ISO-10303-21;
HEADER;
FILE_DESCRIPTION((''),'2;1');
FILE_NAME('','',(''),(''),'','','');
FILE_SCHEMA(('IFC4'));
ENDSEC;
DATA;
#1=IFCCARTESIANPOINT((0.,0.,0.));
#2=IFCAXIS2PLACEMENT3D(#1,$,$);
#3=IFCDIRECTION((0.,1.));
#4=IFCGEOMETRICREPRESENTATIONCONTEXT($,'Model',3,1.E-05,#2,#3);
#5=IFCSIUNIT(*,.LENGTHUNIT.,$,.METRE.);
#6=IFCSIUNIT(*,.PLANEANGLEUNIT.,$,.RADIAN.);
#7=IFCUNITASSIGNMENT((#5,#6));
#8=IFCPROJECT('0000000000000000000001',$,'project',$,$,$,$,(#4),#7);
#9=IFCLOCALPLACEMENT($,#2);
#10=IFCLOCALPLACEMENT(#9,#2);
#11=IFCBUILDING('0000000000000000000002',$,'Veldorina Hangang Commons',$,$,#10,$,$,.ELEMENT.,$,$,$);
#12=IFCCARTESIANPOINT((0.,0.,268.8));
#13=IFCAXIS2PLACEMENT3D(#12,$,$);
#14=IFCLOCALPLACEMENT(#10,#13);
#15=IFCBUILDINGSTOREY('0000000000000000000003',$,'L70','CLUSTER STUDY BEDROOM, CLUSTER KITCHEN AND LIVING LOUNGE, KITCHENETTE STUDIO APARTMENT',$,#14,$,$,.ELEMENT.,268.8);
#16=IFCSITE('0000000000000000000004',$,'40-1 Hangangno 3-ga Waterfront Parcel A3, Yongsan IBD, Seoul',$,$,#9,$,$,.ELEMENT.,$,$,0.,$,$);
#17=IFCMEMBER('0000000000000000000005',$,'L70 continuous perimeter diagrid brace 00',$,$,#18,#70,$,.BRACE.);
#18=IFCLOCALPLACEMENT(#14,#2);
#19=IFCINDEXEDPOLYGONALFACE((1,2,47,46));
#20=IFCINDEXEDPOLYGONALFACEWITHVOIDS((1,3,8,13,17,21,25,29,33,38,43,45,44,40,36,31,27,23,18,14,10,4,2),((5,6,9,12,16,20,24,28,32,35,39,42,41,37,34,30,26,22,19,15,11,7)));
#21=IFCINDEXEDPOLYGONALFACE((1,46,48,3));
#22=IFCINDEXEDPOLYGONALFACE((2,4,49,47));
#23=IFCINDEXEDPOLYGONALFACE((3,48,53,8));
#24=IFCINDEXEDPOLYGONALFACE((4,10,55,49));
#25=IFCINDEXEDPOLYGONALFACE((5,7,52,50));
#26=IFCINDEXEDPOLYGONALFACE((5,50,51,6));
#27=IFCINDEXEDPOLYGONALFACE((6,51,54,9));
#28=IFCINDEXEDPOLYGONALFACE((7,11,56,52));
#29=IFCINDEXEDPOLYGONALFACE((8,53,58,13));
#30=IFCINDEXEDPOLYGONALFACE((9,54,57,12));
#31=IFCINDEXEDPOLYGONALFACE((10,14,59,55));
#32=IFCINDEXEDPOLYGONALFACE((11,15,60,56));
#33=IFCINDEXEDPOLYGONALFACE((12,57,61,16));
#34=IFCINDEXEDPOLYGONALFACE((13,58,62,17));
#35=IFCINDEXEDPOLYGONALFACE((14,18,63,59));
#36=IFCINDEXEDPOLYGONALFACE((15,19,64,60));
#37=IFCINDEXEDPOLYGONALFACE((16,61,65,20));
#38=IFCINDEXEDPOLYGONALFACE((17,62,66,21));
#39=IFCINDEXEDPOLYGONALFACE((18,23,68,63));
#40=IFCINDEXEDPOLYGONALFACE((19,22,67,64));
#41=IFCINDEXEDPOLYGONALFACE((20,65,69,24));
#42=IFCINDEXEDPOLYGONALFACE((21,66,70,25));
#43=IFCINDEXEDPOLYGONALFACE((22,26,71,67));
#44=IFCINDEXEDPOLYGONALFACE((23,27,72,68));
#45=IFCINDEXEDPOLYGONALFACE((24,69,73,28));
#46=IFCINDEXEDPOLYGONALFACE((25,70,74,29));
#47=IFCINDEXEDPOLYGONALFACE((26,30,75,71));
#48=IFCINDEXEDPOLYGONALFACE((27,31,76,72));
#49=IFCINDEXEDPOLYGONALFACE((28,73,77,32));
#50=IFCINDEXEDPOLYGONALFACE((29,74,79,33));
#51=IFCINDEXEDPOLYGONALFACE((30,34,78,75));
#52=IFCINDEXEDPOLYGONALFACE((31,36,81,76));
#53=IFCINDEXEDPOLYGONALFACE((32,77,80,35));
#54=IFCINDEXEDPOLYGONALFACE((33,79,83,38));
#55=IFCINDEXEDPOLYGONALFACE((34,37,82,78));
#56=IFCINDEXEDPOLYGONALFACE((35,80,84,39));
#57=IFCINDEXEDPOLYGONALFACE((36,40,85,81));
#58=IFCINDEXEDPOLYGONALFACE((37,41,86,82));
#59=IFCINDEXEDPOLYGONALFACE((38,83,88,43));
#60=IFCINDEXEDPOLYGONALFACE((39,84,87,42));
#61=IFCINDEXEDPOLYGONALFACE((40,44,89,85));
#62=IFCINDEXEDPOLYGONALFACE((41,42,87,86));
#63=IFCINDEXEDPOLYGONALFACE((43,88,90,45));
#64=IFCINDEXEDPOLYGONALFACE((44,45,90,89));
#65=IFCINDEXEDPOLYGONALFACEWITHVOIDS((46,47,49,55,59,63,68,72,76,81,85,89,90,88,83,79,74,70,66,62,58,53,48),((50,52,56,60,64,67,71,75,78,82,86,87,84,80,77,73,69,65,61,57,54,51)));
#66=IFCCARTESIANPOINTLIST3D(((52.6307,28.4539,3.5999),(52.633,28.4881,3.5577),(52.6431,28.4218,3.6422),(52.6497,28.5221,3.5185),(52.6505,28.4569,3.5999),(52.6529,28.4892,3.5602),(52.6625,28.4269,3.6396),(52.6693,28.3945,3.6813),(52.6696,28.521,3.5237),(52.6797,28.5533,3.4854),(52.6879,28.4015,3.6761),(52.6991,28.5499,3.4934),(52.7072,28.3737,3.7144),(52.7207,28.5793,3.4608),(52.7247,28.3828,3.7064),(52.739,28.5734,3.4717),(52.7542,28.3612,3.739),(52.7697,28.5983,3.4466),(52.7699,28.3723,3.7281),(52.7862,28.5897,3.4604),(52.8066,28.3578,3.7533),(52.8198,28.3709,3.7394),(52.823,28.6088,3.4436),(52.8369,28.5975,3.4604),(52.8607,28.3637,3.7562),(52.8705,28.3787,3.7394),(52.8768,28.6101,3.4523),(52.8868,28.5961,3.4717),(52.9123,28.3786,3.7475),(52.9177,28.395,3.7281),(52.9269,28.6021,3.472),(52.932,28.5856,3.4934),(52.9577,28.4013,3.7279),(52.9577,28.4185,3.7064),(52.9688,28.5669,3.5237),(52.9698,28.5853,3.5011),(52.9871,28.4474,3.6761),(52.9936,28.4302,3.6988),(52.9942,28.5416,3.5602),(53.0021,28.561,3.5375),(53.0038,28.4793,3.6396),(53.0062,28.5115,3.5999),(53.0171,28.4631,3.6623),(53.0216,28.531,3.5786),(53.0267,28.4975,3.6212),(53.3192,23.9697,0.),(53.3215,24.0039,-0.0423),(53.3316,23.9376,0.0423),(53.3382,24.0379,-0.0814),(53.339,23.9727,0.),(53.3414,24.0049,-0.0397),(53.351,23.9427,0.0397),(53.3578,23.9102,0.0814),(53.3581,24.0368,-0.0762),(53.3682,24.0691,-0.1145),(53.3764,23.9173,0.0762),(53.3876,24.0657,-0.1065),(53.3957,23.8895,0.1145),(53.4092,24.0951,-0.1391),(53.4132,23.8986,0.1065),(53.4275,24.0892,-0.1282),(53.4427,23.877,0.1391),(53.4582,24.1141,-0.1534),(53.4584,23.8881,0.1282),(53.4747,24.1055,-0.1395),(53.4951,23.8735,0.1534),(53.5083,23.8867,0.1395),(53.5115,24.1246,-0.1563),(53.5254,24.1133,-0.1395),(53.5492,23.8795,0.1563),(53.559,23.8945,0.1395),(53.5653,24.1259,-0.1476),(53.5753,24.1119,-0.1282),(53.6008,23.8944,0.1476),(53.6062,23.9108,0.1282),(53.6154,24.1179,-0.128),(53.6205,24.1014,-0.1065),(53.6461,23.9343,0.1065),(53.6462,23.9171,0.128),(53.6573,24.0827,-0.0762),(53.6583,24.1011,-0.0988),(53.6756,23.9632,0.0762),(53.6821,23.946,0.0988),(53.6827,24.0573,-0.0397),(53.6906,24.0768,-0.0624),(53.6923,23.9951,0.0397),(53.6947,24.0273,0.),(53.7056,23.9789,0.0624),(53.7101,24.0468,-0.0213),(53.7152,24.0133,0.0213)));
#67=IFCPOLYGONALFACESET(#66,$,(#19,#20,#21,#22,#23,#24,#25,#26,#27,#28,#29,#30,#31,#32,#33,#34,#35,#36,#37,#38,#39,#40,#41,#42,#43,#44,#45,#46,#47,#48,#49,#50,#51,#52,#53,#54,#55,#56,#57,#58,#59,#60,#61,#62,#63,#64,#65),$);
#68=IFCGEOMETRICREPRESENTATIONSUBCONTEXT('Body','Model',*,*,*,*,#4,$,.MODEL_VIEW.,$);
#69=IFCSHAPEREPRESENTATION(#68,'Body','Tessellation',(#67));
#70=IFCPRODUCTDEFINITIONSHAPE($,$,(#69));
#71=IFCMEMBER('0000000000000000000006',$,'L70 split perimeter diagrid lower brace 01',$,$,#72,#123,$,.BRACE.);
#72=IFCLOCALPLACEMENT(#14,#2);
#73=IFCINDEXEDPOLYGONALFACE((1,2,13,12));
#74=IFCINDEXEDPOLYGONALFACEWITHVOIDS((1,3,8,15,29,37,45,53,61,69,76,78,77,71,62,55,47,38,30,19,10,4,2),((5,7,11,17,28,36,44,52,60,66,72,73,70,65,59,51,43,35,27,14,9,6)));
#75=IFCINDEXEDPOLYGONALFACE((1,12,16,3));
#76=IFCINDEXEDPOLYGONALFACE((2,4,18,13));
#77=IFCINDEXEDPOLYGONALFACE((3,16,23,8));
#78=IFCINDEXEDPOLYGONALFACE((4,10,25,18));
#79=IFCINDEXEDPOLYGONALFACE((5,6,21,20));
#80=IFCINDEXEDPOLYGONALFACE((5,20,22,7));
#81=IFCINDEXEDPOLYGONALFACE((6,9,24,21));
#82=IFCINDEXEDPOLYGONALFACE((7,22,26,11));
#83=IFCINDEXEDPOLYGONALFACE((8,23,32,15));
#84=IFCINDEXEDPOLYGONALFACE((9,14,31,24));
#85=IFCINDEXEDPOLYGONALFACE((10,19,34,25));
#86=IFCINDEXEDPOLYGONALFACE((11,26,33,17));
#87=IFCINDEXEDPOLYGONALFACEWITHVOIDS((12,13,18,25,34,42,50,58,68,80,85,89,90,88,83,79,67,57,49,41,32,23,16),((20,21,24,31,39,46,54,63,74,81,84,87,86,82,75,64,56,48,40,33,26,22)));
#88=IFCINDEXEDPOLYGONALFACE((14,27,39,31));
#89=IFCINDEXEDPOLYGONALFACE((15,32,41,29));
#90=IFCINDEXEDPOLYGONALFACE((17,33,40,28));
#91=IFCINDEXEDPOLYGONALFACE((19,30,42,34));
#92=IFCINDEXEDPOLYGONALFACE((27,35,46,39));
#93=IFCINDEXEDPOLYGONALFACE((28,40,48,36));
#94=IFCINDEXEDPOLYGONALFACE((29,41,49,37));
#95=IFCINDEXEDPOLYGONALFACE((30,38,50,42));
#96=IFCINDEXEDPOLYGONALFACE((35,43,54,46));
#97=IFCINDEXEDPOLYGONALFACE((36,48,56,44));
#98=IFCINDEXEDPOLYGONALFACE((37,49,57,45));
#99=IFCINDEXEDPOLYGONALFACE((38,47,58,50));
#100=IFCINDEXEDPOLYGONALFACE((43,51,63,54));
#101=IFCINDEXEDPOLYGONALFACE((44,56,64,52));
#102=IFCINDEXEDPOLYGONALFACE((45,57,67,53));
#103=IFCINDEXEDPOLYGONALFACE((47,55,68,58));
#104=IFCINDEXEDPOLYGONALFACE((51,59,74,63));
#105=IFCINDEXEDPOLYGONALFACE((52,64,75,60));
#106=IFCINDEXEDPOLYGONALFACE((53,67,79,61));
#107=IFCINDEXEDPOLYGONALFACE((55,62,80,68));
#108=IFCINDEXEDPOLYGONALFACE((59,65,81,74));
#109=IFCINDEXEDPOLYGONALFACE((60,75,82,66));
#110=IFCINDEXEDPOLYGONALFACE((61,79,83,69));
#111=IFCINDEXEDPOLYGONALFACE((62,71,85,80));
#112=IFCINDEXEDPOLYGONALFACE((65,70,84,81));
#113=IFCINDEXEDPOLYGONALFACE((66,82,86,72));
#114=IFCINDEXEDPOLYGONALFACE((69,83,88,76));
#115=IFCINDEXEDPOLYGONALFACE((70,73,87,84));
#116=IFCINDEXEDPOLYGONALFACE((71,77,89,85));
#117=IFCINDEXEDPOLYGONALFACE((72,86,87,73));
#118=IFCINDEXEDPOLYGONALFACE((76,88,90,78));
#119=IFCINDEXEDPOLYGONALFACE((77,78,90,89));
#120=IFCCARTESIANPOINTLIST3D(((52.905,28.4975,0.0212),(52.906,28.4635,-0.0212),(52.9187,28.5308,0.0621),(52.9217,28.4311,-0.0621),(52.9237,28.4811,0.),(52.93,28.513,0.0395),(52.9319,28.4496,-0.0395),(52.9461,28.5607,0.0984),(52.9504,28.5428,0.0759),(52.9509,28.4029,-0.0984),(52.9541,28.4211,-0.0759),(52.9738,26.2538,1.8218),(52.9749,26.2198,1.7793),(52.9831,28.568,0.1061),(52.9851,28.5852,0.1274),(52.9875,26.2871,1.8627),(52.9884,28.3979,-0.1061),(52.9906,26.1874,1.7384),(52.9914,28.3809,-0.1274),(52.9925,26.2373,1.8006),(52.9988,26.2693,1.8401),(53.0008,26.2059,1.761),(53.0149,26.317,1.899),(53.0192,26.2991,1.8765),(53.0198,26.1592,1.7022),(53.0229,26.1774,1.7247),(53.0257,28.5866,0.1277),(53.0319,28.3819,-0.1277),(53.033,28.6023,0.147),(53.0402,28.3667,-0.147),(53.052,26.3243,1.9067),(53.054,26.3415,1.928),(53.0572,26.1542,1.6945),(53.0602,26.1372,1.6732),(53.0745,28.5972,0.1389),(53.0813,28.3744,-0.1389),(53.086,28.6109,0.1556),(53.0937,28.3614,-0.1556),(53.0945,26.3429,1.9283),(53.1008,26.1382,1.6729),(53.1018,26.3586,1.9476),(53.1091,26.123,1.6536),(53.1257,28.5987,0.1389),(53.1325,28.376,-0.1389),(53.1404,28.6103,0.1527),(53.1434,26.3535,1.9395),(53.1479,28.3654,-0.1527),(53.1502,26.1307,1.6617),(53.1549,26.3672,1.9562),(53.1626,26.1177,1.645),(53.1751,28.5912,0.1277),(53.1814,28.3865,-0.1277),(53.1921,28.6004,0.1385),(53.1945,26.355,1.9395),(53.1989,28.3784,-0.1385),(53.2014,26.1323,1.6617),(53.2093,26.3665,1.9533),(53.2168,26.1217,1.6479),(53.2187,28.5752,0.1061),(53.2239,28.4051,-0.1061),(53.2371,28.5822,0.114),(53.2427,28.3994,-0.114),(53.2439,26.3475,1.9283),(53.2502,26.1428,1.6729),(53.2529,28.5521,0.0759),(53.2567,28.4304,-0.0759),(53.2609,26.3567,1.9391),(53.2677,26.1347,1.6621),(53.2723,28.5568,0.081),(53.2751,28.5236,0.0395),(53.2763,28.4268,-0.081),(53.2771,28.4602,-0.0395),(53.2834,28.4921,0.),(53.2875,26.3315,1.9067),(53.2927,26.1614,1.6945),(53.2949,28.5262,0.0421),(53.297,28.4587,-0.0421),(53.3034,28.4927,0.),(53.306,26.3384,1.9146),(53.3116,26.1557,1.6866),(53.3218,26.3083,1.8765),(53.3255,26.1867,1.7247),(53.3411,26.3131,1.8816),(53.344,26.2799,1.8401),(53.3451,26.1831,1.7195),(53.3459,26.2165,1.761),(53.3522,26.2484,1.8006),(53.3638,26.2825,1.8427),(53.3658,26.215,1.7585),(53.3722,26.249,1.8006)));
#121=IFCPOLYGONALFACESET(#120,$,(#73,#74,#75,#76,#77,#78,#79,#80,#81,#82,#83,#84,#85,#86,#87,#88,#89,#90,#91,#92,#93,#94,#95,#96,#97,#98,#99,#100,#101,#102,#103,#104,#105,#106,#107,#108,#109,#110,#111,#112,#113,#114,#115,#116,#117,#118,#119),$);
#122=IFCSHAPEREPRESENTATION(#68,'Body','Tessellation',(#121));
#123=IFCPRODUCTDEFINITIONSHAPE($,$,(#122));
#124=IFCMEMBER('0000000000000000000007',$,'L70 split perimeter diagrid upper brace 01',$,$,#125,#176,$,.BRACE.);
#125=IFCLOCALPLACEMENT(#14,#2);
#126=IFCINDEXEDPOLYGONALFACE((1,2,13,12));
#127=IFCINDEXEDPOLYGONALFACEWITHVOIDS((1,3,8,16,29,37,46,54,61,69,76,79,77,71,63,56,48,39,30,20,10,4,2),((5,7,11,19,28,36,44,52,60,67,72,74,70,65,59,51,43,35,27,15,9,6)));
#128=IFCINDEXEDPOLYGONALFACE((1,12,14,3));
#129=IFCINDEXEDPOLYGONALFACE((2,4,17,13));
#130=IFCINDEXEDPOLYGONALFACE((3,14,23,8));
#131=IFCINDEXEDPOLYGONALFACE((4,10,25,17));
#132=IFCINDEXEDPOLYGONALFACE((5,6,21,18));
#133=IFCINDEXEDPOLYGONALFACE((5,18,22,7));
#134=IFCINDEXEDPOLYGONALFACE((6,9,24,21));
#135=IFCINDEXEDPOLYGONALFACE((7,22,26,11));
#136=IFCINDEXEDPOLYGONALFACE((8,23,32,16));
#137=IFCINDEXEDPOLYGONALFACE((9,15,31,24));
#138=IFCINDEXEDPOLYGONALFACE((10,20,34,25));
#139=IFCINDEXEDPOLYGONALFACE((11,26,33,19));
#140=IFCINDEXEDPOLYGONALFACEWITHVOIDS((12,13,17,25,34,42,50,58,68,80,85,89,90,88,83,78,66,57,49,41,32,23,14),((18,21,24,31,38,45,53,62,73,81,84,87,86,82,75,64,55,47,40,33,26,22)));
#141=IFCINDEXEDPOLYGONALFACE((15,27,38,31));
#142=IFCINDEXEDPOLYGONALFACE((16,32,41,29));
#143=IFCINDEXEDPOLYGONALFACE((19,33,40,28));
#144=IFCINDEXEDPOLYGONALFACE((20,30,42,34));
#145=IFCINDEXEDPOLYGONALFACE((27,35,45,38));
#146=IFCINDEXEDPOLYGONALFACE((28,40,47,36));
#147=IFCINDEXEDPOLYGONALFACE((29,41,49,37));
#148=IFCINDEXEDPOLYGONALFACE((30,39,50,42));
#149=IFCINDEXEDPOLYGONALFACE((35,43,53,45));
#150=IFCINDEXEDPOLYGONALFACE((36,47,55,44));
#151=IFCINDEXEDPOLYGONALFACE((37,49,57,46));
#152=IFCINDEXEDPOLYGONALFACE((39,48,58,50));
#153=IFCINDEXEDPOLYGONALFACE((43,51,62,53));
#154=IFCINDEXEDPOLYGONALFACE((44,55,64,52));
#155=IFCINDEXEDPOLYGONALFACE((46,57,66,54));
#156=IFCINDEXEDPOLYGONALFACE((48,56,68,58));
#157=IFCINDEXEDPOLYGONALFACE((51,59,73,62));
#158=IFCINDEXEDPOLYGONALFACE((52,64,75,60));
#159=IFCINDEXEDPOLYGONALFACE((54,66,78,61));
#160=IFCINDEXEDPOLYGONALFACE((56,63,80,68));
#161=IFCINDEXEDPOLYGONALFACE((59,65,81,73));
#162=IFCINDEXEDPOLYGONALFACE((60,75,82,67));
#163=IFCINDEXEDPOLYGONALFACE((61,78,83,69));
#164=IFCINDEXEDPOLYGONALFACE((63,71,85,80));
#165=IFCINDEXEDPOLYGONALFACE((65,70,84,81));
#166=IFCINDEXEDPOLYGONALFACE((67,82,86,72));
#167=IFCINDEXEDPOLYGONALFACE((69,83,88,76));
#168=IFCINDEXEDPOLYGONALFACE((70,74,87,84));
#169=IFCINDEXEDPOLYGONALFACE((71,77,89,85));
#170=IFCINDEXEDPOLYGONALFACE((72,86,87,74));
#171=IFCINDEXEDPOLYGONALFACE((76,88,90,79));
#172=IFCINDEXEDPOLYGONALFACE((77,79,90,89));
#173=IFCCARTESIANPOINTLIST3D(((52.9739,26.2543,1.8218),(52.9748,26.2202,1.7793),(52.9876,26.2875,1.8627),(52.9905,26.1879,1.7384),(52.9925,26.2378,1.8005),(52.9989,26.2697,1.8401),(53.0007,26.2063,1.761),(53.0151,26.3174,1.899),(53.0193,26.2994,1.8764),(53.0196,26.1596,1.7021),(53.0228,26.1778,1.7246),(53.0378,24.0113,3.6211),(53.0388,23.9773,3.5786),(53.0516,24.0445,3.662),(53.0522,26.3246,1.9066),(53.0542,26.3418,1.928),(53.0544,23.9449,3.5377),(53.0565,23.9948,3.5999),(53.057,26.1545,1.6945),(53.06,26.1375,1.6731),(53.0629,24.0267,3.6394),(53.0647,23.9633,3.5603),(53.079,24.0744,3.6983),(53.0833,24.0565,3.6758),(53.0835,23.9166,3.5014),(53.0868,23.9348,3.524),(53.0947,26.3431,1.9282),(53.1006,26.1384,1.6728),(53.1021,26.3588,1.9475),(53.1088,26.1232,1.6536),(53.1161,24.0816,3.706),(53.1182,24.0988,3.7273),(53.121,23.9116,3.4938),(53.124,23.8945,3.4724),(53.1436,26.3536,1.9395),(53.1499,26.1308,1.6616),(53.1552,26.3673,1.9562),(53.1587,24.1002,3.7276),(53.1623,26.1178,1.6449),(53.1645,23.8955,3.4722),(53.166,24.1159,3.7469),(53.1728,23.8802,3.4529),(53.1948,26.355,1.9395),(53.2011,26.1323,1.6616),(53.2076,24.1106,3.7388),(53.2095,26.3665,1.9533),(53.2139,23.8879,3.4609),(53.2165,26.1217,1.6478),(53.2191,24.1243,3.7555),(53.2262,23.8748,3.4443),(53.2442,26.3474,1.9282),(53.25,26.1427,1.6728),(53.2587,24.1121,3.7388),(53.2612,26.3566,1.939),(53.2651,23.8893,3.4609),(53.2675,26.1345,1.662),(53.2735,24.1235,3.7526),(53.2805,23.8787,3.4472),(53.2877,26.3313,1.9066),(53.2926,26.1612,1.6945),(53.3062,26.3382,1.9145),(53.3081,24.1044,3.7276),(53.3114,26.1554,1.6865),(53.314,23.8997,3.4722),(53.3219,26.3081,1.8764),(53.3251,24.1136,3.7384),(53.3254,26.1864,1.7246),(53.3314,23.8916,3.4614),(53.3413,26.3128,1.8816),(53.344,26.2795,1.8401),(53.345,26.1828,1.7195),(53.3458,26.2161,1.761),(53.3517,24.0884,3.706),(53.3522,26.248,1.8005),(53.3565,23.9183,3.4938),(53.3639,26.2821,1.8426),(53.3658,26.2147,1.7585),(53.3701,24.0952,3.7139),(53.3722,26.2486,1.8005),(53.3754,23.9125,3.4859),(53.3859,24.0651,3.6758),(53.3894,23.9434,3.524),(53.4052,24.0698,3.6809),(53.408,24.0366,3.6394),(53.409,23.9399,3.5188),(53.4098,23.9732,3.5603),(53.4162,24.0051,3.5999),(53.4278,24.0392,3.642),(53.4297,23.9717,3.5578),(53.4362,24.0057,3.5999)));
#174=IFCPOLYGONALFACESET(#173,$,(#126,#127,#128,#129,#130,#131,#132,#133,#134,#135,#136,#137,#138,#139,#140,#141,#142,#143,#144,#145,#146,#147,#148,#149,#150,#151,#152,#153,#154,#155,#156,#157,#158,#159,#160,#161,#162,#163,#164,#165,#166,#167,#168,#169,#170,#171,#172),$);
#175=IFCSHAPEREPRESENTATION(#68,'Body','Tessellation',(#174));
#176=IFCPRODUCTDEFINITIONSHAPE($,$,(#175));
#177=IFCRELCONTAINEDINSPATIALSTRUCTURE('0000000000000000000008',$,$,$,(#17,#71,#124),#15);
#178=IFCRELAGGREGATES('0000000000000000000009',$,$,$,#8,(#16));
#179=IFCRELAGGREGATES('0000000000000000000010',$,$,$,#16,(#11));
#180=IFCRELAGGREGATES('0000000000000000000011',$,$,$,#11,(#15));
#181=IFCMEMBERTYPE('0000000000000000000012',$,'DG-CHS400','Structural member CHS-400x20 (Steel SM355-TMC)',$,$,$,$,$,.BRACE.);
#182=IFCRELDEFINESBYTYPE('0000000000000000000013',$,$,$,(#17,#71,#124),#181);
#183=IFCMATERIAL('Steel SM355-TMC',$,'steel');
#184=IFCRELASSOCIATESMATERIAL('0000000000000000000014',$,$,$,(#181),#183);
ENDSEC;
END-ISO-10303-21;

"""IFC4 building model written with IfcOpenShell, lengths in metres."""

from ifc_helpers import new_model, si_unit, direction, frame, origin, origin_2d, place, context, subcontext, project, spatial, hollow_circle, extrude, material, material_profile, profile_set, type_object, element, save


model = new_model("IFC4")

# Units and contexts
model_context = context("Model", 3, precision=1e-05, world=origin(), true_north=direction((0.0, 1.0)))
body_context = subcontext(model_context, "Body", "Model", "MODEL_VIEW")
ifc_project = project(units=[si_unit("LENGTHUNIT", "METRE"), si_unit("PLANEANGLEUNIT", "RADIAN")], contexts=[model_context])

# Site, building, storey
site_placement = place(None, origin())
site = spatial("IfcSite", under=ifc_project, at=site_placement, Name="40-1 Hangangno 3-ga Waterfront Parcel A3, Yongsan IBD, Seoul", CompositionType="ELEMENT", RefElevation=0.0)
building_placement = place(site_placement, origin())
building = spatial("IfcBuilding", under=site, at=building_placement, Name="Veldorina Hangang Commons", CompositionType="ELEMENT")
storey_placement = place(building_placement, frame((0.0, 0.0, 268.8)))
storey = spatial("IfcBuildingStorey", under=building, at=storey_placement, Name="L70", Description="CLUSTER STUDY BEDROOM, CLUSTER KITCHEN AND LIVING LOUNGE, KITCHENETTE STUDIO APARTMENT", CompositionType="ELEMENT", Elevation=268.8)

# Shared definitions
ifc_material_1 = material(Name="Steel SM355-TMC", Category="steel")

# Members
ifc_material_profile_1 = material_profile(ifc_material_1, hollow_circle(Radius=0.2, WallThickness=0.02, at=origin_2d()), Name="CHS-400x20")
ifc_profile_set_1 = profile_set([ifc_material_profile_1], Name="Steel SM355-TMC")
member_type_1 = type_object("IfcMemberType", Name="DG-CHS400", Description="Structural member CHS-400x20 (Steel SM355-TMC)", PredefinedType="BRACE", material=ifc_profile_set_1)
member_1_placement = place(storey_placement, frame((53.5168, 24.0, 0.0), z_axis=(-0.118879, 0.774273, 0.621585), x_axis=(-0.988418, -0.151758, 0.0)))
element("IfcMember", 1, at=member_1_placement, inside=storey, type_object=member_type_1, Name="L70 continuous perimeter diagrid brace 00", PredefinedType="BRACE", context=body_context, shape_type="SweptSolid", body=[
    extrude(hollow_circle(Radius=0.2, WallThickness=0.02, at=origin_2d()), origin(), (0.0, 0.0, 1.0), 5.7915),
])
member_2_placement = place(storey_placement, frame((53.1035, 28.4866, 0.0), z_axis=(0.023925, -0.779692, 0.625705), x_axis=(0.99953, 0.030671, 0.0)))
element("IfcMember", 2, at=member_2_placement, inside=storey, type_object=member_type_1, Name="L70 split perimeter diagrid lower brace 01", PredefinedType="BRACE", context=body_context, shape_type="SweptSolid", body=[
    extrude(hollow_circle(Radius=0.2, WallThickness=0.02, at=origin_2d()), origin(), (0.0, 0.0, 1.0), 2.8777),
])
member_3_placement = place(storey_placement, frame((53.1724, 26.2429, 1.8005), z_axis=(0.02224, -0.77983, 0.625596), x_axis=(0.999594, 0.028507, 0.0)))
element("IfcMember", 3, at=member_3_placement, inside=storey, type_object=member_type_1, Name="L70 split perimeter diagrid upper brace 01", PredefinedType="BRACE", context=body_context, shape_type="SweptSolid", body=[
    extrude(hollow_circle(Radius=0.2, WallThickness=0.02, at=origin_2d()), origin(), (0.0, 0.0, 1.0), 2.8762),
])

save(model, "model.ifc")
